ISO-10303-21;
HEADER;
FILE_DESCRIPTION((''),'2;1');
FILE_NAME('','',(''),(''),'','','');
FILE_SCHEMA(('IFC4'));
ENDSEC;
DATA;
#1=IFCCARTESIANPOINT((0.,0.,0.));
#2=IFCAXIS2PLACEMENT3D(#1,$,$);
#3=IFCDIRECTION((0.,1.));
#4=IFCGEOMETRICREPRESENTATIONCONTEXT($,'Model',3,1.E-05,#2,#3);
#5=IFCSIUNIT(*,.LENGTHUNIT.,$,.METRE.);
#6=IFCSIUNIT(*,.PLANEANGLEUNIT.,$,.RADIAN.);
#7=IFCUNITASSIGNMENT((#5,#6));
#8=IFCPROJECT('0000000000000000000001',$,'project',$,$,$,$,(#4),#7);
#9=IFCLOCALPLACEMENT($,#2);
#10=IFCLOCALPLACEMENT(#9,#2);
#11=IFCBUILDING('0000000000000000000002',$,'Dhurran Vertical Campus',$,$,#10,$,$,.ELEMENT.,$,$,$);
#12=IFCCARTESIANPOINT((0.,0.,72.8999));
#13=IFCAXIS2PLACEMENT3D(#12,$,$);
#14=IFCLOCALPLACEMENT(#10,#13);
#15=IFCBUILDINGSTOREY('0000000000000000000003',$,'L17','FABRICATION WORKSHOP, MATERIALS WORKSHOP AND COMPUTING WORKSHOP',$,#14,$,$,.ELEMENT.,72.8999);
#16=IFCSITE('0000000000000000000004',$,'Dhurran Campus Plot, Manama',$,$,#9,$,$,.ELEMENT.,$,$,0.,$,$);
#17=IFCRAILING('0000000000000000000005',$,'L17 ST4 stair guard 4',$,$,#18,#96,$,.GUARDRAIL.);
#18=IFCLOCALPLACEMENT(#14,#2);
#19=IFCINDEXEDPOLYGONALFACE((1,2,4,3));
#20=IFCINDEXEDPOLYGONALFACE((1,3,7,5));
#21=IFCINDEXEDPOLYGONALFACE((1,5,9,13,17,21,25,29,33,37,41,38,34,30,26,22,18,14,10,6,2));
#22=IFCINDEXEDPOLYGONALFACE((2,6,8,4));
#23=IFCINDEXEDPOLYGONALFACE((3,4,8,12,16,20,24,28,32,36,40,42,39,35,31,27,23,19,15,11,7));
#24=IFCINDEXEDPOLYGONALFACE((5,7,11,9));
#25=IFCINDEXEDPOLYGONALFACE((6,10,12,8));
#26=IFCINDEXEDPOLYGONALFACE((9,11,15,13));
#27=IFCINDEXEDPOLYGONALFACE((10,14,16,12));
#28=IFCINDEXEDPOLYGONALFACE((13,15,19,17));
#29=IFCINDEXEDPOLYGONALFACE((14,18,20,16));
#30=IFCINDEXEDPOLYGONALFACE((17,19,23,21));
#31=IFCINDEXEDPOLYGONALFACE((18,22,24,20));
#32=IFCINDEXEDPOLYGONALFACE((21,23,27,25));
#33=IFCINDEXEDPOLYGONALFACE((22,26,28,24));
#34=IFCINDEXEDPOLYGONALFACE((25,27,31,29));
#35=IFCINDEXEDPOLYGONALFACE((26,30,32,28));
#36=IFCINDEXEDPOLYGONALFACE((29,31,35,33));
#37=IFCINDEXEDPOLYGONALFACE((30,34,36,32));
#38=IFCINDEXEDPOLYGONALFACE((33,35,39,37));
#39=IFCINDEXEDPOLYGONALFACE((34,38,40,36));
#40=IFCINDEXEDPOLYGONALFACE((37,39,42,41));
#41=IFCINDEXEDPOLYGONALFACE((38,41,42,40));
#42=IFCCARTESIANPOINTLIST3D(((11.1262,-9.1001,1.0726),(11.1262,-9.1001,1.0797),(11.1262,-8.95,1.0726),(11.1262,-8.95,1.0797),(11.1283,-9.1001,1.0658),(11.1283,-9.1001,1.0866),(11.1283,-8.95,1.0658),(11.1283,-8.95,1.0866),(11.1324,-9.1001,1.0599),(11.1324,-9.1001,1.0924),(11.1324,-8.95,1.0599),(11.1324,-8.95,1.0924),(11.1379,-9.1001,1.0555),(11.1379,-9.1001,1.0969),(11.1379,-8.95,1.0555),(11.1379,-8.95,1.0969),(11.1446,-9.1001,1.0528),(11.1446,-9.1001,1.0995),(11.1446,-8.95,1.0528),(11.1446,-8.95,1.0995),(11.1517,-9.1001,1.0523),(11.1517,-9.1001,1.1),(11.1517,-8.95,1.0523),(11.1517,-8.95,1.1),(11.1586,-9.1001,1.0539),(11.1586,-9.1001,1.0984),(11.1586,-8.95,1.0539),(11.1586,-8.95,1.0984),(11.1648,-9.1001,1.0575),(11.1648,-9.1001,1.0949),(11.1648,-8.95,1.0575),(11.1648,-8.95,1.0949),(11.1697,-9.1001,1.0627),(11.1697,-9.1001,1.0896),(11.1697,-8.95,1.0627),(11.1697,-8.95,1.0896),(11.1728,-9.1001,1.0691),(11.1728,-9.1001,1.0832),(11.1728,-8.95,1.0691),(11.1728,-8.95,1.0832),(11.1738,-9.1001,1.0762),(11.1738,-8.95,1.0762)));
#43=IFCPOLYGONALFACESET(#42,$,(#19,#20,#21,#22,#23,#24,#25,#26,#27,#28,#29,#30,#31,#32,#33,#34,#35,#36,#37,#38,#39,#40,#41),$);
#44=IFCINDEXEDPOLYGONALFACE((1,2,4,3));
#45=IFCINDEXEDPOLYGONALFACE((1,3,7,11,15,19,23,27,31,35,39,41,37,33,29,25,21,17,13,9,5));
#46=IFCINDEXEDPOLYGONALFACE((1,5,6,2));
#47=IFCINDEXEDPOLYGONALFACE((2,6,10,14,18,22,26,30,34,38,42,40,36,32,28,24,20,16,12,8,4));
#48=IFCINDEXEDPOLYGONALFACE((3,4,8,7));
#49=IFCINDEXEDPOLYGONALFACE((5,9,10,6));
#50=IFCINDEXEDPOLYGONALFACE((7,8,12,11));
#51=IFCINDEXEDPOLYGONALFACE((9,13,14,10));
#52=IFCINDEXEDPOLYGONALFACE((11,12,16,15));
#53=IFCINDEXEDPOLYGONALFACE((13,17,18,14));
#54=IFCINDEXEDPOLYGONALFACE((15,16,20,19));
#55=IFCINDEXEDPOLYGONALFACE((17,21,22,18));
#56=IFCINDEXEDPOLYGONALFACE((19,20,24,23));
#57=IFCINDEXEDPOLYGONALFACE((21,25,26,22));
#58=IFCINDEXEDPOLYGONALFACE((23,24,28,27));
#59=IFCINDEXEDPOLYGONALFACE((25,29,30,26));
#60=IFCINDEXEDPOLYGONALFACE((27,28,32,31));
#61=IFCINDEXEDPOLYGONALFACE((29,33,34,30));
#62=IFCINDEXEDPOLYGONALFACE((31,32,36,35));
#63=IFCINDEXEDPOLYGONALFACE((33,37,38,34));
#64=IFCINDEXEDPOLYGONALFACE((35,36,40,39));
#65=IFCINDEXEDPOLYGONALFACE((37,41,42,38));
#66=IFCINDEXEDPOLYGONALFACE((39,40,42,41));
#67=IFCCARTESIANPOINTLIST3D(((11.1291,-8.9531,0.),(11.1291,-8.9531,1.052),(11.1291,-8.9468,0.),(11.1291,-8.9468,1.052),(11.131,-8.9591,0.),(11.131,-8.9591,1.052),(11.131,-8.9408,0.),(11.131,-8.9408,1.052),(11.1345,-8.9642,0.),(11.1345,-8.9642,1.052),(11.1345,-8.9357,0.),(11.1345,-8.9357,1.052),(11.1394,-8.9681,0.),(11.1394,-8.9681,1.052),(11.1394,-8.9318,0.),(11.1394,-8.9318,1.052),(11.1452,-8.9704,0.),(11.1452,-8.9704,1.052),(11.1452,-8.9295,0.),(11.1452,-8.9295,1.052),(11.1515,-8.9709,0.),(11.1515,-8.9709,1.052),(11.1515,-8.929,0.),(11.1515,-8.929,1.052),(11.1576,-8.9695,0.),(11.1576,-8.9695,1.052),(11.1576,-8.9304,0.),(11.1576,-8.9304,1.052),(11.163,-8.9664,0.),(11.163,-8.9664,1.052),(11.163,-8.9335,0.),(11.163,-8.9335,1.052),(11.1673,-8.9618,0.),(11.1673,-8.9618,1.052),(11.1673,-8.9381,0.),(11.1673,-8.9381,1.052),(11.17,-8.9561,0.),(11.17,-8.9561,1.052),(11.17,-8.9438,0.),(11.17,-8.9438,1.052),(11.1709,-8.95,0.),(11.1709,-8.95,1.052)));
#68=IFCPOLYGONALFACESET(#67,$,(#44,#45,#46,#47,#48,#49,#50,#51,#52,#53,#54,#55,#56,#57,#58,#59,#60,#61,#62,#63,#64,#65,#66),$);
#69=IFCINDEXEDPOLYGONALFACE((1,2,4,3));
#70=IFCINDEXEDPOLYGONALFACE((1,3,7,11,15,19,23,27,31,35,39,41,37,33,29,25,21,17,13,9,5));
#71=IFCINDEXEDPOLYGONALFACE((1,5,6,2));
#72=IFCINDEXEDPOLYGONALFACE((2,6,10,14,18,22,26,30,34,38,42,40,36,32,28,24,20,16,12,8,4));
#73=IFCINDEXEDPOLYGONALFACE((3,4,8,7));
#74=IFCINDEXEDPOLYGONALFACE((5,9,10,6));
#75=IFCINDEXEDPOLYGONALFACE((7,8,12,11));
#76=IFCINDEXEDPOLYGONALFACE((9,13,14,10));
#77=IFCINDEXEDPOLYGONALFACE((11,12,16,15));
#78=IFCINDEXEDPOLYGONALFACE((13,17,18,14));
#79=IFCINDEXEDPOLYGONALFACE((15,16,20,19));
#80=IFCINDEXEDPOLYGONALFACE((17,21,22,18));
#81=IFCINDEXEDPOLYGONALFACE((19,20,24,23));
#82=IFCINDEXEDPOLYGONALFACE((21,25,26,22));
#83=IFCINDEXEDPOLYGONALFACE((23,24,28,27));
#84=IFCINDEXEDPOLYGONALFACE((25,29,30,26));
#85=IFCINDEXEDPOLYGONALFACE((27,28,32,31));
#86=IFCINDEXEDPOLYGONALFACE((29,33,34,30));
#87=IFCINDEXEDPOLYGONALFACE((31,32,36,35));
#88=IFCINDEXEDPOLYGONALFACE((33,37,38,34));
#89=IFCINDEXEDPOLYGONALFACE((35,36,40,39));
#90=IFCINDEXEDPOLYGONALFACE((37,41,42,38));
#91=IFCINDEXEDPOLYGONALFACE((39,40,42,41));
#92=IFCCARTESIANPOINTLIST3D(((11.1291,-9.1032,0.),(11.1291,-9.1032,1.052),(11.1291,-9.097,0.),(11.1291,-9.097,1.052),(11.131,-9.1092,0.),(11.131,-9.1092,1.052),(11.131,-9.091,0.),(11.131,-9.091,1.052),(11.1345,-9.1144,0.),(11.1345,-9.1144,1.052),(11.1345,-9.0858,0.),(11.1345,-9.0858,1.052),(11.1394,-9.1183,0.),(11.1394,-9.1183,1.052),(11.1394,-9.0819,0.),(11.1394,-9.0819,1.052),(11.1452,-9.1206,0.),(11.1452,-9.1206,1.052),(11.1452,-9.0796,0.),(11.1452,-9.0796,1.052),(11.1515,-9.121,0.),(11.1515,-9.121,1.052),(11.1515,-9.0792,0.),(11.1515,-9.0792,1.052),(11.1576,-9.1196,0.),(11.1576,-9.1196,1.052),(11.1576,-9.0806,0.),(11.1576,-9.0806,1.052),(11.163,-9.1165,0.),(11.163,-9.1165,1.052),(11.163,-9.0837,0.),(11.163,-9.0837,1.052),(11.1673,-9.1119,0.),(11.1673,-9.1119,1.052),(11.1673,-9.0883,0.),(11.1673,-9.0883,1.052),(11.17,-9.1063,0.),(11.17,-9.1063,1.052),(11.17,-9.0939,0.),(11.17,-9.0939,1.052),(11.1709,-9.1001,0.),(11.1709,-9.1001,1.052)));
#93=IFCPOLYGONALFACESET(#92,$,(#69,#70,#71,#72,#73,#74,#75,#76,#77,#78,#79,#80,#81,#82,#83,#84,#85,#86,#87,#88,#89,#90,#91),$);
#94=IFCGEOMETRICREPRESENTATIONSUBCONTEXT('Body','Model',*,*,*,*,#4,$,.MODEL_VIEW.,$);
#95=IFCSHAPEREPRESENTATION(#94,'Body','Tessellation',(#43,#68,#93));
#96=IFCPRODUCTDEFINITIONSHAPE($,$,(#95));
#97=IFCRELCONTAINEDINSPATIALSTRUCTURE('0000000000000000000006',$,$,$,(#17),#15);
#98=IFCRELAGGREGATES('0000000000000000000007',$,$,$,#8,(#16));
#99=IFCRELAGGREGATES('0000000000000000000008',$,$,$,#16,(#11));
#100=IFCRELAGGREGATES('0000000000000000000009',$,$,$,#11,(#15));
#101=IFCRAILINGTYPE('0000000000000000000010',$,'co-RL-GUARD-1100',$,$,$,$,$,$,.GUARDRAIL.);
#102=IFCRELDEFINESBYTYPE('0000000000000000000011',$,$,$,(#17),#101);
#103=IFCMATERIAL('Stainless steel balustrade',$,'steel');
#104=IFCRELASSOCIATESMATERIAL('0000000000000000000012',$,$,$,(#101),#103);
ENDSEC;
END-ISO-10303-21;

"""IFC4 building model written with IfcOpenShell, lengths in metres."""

from ifc_helpers import new_model, si_unit, direction, frame, origin, origin_2d, place, context, subcontext, project, spatial, circle, extrude, material, type_object, element, save


model = new_model("IFC4")

# Units and contexts
model_context = context("Model", 3, precision=1e-05, world=origin(), true_north=direction((0.0, 1.0)))
body_context = subcontext(model_context, "Body", "Model", "MODEL_VIEW")
ifc_project = project(units=[si_unit("LENGTHUNIT", "METRE"), si_unit("PLANEANGLEUNIT", "RADIAN")], contexts=[model_context])

# Site, building, storey
site_placement = place(None, origin())
site = spatial("IfcSite", under=ifc_project, at=site_placement, Name="Dhurran Campus Plot, Manama", CompositionType="ELEMENT", RefElevation=0.0)
building_placement = place(site_placement, origin())
building = spatial("IfcBuilding", under=site, at=building_placement, Name="Dhurran Vertical Campus", CompositionType="ELEMENT")
storey_placement = place(building_placement, frame((0.0, 0.0, 72.8999)))
storey = spatial("IfcBuildingStorey", under=building, at=storey_placement, Name="L17", Description="FABRICATION WORKSHOP, MATERIALS WORKSHOP AND COMPUTING WORKSHOP", CompositionType="ELEMENT", Elevation=72.8999)

# Railing
ifc_material_1 = material(Name="Stainless steel balustrade", Category="steel")
railing_type_1 = type_object("IfcRailingType", Name="co-RL-GUARD-1100", PredefinedType="GUARDRAIL", material=ifc_material_1)
railing_1_placement = place(storey_placement, frame((11.1499, -8.95, 0.0)))
element("IfcRailing", 1, at=railing_1_placement, inside=storey, type_object=railing_type_1, Name="L17 ST4 stair guard 4", PredefinedType="GUARDRAIL", context=body_context, shape_type="SweptSolid", body=[
    extrude(circle(Radius=0.0239, at=origin_2d()), frame((0.0, 0.0, 1.0762), z_axis=(0.0, -1.0, 0.0), x_axis=(1.0, 0.0, 0.0)), (0.0, 0.0, 1.0), 0.1501),
    extrude(circle(Radius=0.021, at=origin_2d()), origin(), (0.0, 0.0, 1.0), 1.052),
    extrude(circle(Radius=0.021, at=origin_2d()), frame((0.0, -0.1501, 0.0)), (0.0, 0.0, 1.0), 1.052),
])

save(model, "model.ifc")
